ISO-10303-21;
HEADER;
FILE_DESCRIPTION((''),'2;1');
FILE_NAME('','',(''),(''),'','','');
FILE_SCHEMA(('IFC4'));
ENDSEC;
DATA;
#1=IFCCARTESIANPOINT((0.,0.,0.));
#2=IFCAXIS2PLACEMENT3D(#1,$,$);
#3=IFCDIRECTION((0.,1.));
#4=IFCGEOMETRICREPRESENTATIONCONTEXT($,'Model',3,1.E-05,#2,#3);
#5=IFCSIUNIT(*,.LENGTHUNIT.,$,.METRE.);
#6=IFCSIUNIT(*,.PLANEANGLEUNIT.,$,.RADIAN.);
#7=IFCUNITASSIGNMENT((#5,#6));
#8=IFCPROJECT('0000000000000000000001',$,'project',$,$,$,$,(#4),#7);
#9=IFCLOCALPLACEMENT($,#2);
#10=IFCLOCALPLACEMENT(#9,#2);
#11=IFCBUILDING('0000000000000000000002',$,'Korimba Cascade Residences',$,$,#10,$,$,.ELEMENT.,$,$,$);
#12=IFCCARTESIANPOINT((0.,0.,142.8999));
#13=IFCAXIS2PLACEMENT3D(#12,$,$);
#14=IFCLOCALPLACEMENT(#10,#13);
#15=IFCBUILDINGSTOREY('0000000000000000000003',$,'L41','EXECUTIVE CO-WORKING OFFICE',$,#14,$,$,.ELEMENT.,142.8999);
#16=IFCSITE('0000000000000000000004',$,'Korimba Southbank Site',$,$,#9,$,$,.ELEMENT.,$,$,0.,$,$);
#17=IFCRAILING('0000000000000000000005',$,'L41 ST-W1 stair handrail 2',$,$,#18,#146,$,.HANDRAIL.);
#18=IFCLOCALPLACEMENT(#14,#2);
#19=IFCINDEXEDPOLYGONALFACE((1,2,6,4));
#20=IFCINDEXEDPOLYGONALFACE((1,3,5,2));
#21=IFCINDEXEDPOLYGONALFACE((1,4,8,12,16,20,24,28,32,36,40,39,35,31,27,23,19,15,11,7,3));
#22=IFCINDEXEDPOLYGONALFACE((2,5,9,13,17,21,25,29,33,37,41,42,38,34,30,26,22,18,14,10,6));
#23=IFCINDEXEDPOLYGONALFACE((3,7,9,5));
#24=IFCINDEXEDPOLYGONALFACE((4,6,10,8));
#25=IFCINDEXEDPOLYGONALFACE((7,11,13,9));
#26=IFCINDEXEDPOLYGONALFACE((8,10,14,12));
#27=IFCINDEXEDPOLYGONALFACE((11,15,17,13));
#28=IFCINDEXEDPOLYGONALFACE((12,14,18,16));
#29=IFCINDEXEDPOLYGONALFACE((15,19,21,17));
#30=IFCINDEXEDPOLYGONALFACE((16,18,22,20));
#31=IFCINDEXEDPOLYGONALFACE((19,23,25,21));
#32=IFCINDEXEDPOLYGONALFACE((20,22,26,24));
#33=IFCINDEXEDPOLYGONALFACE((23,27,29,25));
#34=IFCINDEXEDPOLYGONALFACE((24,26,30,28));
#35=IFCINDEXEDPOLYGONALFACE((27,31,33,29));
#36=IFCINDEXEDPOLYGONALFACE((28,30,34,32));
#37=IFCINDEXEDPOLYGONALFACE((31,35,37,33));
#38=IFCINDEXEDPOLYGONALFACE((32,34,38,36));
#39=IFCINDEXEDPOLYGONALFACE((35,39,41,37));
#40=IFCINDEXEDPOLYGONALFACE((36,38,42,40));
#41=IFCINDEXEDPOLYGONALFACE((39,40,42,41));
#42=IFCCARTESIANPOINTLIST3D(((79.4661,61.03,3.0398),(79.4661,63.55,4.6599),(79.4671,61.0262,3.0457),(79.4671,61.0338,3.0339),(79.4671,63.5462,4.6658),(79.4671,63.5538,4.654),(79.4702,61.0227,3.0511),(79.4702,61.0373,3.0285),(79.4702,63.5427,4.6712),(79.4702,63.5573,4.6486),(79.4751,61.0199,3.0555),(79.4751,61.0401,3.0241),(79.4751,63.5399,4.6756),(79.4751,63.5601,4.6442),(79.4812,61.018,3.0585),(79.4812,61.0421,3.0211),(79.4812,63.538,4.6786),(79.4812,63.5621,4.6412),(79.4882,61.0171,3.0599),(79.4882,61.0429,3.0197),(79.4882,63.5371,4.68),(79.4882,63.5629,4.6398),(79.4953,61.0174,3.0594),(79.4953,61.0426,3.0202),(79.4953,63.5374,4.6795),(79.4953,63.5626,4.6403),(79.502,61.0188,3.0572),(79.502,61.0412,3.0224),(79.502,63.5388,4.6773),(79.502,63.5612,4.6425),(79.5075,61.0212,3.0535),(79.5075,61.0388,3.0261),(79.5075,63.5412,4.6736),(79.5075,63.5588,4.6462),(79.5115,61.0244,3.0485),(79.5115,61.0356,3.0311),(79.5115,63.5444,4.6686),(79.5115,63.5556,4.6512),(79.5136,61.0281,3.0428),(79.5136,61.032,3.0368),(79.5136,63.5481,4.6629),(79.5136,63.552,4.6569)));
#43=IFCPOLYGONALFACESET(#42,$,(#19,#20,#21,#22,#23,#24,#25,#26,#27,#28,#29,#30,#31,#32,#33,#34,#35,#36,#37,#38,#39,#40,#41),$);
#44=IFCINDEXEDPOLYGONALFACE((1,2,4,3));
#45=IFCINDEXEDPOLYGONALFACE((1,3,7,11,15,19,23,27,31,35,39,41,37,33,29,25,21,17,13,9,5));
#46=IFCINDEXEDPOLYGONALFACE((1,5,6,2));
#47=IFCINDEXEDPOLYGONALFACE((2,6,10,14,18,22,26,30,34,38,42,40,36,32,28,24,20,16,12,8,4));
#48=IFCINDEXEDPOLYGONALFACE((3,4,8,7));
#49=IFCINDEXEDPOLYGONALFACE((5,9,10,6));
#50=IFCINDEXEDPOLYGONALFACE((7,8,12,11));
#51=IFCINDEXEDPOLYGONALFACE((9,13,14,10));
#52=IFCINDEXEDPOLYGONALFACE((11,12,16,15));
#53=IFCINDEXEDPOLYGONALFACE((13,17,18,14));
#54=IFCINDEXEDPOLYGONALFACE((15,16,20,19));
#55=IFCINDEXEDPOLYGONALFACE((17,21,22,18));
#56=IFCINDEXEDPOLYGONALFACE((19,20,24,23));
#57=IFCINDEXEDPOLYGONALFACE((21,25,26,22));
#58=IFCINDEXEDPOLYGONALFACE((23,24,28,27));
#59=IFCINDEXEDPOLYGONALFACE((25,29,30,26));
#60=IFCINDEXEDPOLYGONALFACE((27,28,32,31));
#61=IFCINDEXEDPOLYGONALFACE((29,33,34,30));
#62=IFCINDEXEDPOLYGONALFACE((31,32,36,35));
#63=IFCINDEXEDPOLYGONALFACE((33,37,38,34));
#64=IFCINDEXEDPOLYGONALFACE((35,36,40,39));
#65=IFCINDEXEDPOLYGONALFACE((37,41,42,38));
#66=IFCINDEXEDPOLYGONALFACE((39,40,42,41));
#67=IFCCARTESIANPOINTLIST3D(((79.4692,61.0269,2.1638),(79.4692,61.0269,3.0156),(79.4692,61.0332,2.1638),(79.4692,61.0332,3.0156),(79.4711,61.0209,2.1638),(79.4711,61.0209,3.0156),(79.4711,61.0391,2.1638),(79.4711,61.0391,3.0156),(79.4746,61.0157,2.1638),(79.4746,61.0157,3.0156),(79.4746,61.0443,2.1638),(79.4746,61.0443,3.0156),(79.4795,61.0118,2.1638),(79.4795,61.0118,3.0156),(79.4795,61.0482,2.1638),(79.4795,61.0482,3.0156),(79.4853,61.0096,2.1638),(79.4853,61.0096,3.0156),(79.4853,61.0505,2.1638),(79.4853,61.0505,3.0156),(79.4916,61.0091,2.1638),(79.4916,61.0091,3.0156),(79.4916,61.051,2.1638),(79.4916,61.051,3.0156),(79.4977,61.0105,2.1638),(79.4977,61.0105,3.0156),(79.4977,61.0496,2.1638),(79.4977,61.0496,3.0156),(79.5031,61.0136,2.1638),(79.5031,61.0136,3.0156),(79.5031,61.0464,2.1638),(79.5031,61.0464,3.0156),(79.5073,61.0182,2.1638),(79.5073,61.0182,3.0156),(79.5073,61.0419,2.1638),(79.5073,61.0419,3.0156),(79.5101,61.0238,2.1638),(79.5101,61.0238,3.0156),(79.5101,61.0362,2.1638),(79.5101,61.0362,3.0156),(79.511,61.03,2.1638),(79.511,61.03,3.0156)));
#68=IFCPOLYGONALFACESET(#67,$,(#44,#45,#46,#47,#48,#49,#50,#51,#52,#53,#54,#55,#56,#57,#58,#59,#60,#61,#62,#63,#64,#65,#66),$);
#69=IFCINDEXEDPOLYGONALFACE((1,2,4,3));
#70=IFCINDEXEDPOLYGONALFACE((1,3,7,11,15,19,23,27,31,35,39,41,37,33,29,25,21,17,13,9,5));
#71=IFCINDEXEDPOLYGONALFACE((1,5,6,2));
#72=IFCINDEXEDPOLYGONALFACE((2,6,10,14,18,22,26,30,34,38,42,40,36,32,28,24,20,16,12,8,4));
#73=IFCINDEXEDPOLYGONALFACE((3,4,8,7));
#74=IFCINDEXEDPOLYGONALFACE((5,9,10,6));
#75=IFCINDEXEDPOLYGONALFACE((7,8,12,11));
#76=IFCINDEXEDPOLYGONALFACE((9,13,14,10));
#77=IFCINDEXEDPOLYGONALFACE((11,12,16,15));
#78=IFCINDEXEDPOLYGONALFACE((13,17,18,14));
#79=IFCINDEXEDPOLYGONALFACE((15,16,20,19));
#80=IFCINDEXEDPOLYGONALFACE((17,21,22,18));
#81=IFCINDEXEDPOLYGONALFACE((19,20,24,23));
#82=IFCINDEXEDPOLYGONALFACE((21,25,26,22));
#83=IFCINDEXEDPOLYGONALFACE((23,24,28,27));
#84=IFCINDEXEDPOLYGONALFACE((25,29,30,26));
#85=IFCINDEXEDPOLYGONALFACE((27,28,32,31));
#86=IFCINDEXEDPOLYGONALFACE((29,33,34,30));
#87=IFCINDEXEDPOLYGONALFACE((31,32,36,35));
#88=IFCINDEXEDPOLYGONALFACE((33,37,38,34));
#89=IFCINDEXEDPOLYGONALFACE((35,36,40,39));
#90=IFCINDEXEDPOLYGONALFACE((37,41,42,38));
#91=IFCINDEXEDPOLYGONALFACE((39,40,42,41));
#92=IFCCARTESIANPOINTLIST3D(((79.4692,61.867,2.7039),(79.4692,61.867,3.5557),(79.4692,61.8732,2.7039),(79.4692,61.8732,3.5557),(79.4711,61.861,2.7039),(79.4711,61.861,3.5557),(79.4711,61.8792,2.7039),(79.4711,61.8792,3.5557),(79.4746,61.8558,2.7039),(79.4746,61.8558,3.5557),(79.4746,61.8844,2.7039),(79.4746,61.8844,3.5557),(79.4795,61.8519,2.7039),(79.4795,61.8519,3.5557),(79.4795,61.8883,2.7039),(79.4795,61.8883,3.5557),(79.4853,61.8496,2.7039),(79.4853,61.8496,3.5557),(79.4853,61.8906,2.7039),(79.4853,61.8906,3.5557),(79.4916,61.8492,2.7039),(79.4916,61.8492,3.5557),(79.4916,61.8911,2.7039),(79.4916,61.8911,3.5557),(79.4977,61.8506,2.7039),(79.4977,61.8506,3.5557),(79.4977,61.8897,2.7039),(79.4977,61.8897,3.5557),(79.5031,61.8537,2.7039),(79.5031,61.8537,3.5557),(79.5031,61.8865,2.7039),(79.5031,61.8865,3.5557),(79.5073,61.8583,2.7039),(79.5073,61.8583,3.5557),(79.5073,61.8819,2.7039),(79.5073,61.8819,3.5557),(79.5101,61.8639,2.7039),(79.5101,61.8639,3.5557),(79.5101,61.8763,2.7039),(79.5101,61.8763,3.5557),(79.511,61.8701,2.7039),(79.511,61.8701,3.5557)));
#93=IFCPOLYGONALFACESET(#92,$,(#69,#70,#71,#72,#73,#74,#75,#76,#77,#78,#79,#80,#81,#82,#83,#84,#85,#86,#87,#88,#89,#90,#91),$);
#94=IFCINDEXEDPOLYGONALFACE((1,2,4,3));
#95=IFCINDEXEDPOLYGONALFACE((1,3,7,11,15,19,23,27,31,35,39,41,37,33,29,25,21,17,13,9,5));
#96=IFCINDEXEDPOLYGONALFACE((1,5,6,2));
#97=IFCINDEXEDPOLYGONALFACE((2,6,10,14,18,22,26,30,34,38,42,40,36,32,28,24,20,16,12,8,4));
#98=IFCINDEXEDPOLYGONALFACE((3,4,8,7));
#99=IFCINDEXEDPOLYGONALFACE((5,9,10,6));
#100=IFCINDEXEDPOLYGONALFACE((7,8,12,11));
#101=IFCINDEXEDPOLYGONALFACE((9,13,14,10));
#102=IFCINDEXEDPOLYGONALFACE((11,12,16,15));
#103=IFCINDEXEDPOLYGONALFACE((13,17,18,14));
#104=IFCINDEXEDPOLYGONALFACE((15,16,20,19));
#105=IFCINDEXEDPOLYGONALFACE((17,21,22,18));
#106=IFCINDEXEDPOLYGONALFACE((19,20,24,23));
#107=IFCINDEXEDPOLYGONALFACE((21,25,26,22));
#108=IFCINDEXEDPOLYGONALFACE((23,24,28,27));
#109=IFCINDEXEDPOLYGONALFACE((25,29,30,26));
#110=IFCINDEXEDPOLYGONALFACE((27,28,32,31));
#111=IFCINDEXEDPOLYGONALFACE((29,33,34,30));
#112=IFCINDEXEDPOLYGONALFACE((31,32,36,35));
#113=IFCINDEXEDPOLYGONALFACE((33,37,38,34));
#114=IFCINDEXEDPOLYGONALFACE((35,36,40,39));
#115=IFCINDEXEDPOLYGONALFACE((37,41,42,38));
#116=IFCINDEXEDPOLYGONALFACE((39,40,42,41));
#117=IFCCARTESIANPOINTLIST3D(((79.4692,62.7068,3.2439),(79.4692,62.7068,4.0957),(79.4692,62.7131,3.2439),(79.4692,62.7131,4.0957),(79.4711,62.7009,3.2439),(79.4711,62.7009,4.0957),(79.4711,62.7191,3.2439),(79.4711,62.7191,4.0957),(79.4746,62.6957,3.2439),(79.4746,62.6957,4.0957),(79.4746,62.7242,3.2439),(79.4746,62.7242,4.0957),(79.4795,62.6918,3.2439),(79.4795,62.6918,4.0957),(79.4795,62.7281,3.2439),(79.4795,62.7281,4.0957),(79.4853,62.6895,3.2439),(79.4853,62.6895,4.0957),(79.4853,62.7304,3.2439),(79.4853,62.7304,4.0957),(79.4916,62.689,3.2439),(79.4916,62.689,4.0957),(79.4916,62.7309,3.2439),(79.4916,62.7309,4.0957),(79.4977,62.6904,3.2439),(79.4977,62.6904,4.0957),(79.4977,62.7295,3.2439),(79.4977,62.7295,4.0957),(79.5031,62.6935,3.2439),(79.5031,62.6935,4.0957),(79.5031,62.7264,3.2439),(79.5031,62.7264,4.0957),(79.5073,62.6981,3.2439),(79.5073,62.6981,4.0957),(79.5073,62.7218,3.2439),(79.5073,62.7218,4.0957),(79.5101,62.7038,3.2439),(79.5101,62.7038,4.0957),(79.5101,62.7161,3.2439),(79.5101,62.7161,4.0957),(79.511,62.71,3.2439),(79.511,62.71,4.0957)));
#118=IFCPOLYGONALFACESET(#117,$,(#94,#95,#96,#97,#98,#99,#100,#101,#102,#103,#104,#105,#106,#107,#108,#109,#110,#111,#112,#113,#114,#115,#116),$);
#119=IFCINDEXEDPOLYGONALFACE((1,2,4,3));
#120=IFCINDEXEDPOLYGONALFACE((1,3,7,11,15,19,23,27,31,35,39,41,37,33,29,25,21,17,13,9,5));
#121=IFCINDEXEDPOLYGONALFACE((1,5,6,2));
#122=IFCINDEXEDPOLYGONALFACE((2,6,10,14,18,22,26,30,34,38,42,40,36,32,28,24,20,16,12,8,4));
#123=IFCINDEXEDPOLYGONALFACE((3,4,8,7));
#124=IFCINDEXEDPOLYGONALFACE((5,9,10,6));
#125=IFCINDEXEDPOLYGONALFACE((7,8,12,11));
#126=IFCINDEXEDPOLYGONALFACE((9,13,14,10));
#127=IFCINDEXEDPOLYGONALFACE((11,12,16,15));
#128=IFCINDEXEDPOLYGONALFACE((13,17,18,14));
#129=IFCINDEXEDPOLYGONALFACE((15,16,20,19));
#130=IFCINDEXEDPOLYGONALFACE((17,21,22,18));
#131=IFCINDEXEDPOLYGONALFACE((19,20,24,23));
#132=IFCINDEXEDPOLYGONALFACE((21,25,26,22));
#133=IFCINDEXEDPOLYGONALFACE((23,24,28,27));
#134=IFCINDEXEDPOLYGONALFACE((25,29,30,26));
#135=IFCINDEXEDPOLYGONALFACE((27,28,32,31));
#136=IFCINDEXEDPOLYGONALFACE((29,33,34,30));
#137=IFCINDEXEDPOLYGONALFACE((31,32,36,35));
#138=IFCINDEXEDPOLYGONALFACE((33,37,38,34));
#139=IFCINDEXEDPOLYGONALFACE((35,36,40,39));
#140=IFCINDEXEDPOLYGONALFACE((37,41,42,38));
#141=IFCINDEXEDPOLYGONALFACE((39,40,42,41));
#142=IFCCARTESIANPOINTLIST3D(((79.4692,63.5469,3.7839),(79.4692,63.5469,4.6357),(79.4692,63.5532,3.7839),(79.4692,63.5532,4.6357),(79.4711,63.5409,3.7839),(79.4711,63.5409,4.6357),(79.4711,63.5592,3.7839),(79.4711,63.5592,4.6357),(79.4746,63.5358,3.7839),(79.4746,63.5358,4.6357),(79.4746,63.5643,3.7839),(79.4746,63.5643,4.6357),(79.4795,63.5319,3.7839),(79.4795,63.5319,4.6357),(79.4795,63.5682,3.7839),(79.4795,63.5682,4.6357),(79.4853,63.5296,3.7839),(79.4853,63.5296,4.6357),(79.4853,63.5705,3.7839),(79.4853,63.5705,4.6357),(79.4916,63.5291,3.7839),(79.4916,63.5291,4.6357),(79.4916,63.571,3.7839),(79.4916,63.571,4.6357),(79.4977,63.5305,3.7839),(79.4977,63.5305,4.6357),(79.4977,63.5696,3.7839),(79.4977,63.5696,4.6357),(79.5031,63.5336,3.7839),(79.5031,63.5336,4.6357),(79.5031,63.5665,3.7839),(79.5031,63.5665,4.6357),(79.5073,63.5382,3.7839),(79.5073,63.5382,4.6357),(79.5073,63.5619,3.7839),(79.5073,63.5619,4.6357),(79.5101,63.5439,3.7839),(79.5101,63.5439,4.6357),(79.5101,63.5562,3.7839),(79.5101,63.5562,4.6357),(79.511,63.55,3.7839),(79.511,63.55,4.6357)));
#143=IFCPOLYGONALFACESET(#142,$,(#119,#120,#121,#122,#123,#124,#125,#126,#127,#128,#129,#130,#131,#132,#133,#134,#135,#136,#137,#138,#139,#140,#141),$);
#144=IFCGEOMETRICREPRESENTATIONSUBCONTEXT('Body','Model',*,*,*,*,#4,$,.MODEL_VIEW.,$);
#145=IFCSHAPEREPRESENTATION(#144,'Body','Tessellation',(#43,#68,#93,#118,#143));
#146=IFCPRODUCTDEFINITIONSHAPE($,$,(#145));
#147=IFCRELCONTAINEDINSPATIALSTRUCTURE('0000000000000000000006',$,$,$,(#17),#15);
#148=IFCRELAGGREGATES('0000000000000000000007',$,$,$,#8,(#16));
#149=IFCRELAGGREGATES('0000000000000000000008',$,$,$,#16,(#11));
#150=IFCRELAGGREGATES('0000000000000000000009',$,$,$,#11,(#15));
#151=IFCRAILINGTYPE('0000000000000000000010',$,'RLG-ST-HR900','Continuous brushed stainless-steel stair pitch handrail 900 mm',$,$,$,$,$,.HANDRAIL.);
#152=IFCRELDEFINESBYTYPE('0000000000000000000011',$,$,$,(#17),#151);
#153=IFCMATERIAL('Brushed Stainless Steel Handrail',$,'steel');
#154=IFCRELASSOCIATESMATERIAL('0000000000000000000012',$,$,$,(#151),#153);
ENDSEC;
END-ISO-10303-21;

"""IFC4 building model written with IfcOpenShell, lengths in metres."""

from ifc_helpers import new_model, si_unit, direction, frame, origin, origin_2d, place, context, subcontext, project, spatial, circle, extrude, material, type_object, element, save


model = new_model("IFC4")

# Units and contexts
model_context = context("Model", 3, precision=1e-05, world=origin(), true_north=direction((0.0, 1.0)))
body_context = subcontext(model_context, "Body", "Model", "MODEL_VIEW")
ifc_project = project(units=[si_unit("LENGTHUNIT", "METRE"), si_unit("PLANEANGLEUNIT", "RADIAN")], contexts=[model_context])

# Site, building, storey
site_placement = place(None, origin())
site = spatial("IfcSite", under=ifc_project, at=site_placement, Name="Korimba Southbank Site", CompositionType="ELEMENT", RefElevation=0.0)
building_placement = place(site_placement, origin())
building = spatial("IfcBuilding", under=site, at=building_placement, Name="Korimba Cascade Residences", CompositionType="ELEMENT")
storey_placement = place(building_placement, frame((0.0, 0.0, 142.8999)))
storey = spatial("IfcBuildingStorey", under=building, at=storey_placement, Name="L41", Description="EXECUTIVE CO-WORKING OFFICE", CompositionType="ELEMENT", Elevation=142.8999)

# Railing
ifc_material_1 = material(Name="Brushed Stainless Steel Handrail", Category="steel")
railing_type_1 = type_object("IfcRailingType", Name="RLG-ST-HR900", Description="Continuous brushed stainless-steel stair pitch handrail 900 mm", PredefinedType="HANDRAIL", material=ifc_material_1)
railing_1_placement = place(storey_placement, frame((79.49, 61.03, 2.1638)))
element("IfcRailing", 1, at=railing_1_placement, inside=storey, type_object=railing_type_1, Name="L41 ST-W1 stair handrail 2", PredefinedType="HANDRAIL", context=body_context, shape_type="SweptSolid", body=[
    extrude(circle(Radius=0.0239, at=origin_2d()), frame((0.0, 0.0, 0.876), z_axis=(0.0, 0.841163, 0.540782), x_axis=(-1.0, 0.0, 0.0)), (0.0, 0.0, 1.0), 2.9958),
    extrude(circle(Radius=0.021, at=origin_2d()), origin(), (0.0, 0.0, 1.0), 0.8518),
    extrude(circle(Radius=0.021, at=origin_2d()), frame((0.0, 0.8401, 0.54)), (0.0, 0.0, 1.0), 0.8518),
    extrude(circle(Radius=0.021, at=origin_2d()), frame((0.0, 1.6799, 1.0801)), (0.0, 0.0, 1.0), 0.8518),
    extrude(circle(Radius=0.021, at=origin_2d()), frame((0.0, 2.52, 1.6201)), (0.0, 0.0, 1.0), 0.8518),
])

save(model, "model.ifc")
